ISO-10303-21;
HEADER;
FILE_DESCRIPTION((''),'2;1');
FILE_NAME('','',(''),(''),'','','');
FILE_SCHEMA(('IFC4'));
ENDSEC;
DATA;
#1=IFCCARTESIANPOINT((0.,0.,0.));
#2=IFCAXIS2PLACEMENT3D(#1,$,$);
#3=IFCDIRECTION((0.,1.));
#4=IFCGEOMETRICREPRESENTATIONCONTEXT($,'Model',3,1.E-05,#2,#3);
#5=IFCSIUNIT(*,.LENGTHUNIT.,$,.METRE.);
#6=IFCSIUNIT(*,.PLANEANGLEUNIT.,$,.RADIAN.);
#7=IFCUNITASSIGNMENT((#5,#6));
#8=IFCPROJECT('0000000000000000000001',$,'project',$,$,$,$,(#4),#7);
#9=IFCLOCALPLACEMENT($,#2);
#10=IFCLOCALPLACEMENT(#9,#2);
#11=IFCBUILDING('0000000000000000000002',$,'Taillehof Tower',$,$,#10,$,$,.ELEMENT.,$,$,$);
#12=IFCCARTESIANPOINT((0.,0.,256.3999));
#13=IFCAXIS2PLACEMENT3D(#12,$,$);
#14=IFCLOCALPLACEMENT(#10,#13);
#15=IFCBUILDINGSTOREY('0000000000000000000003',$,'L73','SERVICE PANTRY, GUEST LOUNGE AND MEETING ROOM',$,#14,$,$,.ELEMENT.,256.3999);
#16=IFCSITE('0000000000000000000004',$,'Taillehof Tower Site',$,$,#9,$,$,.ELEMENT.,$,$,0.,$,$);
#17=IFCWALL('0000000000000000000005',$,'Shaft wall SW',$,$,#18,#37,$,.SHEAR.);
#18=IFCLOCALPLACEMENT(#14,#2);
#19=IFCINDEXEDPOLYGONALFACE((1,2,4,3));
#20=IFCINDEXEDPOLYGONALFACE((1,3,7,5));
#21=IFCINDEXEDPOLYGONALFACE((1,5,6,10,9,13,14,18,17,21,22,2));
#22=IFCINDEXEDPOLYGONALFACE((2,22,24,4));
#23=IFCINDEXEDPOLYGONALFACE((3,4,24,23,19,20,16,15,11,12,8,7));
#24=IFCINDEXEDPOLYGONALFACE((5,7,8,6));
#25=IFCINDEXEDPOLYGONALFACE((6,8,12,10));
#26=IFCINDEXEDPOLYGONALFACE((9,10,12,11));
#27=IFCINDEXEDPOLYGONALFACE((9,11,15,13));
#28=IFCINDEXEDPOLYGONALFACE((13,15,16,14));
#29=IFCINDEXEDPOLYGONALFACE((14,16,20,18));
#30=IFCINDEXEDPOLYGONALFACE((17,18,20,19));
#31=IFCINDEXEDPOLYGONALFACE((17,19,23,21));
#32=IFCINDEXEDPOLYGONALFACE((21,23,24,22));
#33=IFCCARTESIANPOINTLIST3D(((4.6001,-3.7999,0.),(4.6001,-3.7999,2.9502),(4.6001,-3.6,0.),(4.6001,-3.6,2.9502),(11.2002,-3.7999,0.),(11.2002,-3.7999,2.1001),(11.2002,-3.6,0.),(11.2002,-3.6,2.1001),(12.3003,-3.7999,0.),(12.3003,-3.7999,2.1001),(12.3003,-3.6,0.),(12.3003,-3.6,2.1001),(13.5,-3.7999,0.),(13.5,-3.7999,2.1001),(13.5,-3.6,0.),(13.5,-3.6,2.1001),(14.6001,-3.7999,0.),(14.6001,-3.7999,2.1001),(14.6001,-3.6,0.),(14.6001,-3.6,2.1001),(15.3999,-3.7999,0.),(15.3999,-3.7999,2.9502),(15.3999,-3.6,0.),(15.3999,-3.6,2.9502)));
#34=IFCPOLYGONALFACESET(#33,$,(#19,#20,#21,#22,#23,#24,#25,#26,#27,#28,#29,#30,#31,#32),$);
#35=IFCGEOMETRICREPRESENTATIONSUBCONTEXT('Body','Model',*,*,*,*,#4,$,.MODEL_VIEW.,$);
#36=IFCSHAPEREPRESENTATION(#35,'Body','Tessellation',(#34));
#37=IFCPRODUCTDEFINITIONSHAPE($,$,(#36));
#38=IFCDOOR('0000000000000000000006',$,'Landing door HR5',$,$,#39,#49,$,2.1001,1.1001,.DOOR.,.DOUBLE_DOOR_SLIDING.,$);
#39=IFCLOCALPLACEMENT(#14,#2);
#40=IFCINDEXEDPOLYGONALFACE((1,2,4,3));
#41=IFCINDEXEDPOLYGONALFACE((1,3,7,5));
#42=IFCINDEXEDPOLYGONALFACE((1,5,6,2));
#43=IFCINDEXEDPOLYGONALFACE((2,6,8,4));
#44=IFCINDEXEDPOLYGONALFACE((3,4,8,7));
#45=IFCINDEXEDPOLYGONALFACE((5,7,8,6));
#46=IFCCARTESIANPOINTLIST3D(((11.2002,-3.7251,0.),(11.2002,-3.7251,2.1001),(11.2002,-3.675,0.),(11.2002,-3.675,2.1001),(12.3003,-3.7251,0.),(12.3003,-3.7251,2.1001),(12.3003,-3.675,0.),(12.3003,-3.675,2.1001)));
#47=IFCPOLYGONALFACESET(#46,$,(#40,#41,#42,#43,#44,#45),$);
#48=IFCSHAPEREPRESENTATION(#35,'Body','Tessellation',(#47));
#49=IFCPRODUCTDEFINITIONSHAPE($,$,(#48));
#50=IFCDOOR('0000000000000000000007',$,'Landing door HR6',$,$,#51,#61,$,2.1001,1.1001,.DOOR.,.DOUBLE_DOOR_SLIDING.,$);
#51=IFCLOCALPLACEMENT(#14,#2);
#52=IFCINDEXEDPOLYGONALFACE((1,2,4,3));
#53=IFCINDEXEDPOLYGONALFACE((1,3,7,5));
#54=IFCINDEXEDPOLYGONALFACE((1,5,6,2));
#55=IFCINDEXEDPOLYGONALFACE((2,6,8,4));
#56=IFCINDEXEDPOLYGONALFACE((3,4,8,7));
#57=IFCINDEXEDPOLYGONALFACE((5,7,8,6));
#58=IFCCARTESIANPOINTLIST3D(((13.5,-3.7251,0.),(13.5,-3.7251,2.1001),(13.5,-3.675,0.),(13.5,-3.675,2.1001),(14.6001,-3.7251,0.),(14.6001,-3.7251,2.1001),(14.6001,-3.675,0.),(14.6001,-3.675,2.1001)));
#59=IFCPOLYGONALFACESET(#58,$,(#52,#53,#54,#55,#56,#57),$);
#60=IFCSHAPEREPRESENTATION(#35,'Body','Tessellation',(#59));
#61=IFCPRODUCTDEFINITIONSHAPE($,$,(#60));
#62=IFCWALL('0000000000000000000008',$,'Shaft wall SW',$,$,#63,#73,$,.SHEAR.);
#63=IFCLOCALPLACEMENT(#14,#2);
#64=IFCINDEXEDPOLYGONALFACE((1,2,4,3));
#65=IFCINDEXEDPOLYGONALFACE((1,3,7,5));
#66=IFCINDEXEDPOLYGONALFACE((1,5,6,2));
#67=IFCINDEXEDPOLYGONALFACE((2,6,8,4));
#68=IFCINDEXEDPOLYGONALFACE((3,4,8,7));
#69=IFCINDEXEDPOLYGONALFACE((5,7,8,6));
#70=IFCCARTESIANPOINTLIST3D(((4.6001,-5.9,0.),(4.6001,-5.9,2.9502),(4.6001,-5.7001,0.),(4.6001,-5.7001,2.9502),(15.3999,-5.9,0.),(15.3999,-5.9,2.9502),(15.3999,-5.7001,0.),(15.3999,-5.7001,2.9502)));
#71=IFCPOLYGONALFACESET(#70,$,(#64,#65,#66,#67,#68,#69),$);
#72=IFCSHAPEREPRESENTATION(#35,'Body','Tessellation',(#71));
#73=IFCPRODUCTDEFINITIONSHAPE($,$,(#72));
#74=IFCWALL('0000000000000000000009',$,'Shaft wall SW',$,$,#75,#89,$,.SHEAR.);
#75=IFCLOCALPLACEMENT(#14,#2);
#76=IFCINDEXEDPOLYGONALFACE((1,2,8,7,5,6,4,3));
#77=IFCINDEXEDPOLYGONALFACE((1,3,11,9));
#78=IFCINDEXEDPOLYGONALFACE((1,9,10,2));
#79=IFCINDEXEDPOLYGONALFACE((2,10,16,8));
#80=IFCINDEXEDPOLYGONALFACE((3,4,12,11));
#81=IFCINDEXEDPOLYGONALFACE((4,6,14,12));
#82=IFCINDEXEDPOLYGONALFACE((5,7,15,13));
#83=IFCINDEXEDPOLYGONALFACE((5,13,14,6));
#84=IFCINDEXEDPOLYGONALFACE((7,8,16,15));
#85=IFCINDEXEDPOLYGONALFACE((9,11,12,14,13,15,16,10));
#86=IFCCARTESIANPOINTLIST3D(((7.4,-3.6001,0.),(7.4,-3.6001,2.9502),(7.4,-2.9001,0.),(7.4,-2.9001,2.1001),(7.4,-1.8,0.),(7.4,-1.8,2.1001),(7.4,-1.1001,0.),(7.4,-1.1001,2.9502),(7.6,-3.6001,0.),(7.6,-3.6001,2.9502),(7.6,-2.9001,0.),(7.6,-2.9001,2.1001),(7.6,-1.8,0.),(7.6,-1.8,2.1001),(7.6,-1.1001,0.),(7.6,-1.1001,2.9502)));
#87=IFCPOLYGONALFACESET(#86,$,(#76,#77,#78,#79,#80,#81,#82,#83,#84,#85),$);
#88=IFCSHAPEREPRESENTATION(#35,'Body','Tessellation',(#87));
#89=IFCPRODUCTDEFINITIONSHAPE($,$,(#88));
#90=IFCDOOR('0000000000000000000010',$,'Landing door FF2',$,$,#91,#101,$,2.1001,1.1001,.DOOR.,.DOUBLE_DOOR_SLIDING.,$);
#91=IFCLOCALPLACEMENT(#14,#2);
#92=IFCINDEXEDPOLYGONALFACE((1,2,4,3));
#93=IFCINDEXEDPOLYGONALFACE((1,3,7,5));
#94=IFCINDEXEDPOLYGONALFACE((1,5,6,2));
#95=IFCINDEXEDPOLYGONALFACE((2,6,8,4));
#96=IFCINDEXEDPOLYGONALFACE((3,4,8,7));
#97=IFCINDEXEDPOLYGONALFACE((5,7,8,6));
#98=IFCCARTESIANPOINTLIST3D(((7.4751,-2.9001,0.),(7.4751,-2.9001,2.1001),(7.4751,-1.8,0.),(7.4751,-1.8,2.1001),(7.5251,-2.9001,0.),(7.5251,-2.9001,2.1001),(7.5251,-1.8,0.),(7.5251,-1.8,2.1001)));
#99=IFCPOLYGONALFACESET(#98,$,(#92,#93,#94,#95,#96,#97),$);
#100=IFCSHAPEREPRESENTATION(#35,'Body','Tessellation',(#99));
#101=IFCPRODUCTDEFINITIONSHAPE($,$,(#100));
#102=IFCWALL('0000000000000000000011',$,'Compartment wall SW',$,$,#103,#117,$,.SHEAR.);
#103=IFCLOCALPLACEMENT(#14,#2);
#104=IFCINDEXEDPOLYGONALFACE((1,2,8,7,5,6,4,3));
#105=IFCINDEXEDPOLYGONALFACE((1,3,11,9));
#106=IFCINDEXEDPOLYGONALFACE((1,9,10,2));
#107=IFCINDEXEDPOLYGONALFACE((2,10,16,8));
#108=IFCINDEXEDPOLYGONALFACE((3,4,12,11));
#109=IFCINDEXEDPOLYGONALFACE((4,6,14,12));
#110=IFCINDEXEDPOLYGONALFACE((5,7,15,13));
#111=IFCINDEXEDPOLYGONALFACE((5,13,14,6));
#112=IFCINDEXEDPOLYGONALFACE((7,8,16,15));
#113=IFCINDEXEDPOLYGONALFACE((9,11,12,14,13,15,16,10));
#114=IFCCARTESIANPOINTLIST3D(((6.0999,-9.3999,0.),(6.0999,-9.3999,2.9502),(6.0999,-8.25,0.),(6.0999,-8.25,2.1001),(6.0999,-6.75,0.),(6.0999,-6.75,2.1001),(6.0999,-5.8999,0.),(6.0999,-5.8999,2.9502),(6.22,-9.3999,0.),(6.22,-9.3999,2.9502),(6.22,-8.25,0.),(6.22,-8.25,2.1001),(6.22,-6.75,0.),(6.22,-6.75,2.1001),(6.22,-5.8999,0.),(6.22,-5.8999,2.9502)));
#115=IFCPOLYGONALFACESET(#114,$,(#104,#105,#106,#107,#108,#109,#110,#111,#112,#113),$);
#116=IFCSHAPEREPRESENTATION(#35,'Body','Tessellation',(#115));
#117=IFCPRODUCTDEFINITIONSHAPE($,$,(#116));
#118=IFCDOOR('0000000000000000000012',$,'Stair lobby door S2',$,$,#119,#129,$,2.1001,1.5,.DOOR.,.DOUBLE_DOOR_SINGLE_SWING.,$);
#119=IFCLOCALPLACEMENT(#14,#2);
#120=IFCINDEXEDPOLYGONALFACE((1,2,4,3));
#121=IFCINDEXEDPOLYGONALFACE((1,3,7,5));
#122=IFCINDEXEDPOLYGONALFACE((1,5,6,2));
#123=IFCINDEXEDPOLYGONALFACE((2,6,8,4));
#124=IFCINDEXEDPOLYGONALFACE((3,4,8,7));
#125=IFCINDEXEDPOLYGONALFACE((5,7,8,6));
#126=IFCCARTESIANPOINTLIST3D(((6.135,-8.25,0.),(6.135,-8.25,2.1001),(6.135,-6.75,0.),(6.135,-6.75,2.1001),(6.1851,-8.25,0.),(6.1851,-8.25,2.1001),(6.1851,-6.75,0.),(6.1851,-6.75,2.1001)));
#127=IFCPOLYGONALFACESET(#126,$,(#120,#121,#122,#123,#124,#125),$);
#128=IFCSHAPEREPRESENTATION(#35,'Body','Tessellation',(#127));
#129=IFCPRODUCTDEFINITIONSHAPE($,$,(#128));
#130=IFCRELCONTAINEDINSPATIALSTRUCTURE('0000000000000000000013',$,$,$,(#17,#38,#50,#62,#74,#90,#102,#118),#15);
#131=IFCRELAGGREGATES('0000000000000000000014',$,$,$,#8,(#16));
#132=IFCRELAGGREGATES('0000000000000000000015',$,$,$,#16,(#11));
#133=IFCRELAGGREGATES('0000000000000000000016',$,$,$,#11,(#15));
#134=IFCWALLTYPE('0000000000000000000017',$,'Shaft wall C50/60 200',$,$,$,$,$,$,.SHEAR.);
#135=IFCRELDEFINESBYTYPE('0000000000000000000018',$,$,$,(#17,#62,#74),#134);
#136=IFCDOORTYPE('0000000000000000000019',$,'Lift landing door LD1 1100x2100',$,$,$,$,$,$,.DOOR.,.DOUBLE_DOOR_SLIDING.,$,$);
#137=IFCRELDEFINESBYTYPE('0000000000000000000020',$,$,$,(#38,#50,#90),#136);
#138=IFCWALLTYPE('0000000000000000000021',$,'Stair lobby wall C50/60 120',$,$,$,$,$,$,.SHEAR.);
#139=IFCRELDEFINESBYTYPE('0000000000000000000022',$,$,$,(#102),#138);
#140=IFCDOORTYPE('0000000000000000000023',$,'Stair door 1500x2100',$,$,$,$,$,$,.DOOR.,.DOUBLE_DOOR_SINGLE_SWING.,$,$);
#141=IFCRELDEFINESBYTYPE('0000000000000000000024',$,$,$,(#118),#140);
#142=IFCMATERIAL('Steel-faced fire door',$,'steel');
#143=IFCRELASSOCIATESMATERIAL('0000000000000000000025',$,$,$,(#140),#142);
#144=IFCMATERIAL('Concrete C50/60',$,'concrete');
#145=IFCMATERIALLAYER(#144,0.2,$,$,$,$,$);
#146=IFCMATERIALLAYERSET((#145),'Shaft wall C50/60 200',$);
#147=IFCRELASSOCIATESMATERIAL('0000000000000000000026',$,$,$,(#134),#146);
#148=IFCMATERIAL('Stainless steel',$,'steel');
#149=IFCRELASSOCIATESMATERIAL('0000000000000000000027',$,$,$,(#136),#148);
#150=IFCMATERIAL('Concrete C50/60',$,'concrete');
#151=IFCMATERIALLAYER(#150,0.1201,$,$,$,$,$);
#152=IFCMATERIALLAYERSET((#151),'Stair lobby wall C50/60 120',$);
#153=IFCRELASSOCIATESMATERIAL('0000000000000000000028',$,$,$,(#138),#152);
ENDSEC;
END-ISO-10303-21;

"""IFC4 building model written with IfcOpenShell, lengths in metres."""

from ifc_helpers import new_model, si_unit, direction, frame, frame_2d, origin, place, context, subcontext, project, spatial, rectangle, extrude, material, layer, layer_set, type_object, element, fill, save


model = new_model("IFC4")

# Units and contexts
model_context = context("Model", 3, precision=1e-05, world=origin(), true_north=direction((0.0, 1.0)))
body_context = subcontext(model_context, "Body", "Model", "MODEL_VIEW")
ifc_project = project(units=[si_unit("LENGTHUNIT", "METRE"), si_unit("PLANEANGLEUNIT", "RADIAN")], contexts=[model_context])

# Site, building, storey
site_placement = place(None, origin())
site = spatial("IfcSite", under=ifc_project, at=site_placement, Name="Taillehof Tower Site", CompositionType="ELEMENT", RefElevation=0.0)
building_placement = place(site_placement, origin())
building = spatial("IfcBuilding", under=site, at=building_placement, Name="Taillehof Tower", CompositionType="ELEMENT")
storey_placement = place(building_placement, frame((0.0, 0.0, 256.3999)))
storey = spatial("IfcBuildingStorey", under=building, at=storey_placement, Name="L73", Description="SERVICE PANTRY, GUEST LOUNGE AND MEETING ROOM", CompositionType="ELEMENT", Elevation=256.3999)

# Wall, openings, doors
ifc_material_1 = material(Name="Steel-faced fire door", Category="steel")
door_type_1 = type_object("IfcDoorType", Name="Stair door 1500x2100", OperationType="DOUBLE_DOOR_SINGLE_SWING", PredefinedType="DOOR", material=ifc_material_1)
ifc_material_2 = material(Name="Concrete C50/60", Category="concrete")
ifc_layer_1 = layer(ifc_material_2, 0.2)
ifc_layer_set_1 = layer_set([ifc_layer_1], Name="Shaft wall C50/60 200")
wall_type_1 = type_object("IfcWallType", Name="Shaft wall C50/60 200", PredefinedType="SHEAR", material=ifc_layer_set_1)
wall_1_placement = place(storey_placement, frame((4.6001, -3.7, 0.0), z_axis=(0.0, 0.0, 1.0), x_axis=(1.0, 0.0, 0.0)))
wall_1 = element("IfcWall", 1, at=wall_1_placement, inside=storey, type_object=wall_type_1, Name="Shaft wall SW", PredefinedType="SHEAR", context=body_context, shape_type="SweptSolid", body=[
    extrude(rectangle(XDim=10.7998, YDim=0.2, at=frame_2d((5.3999, 0.0))), origin(), (0.0, 0.0, 1.0), 2.9502),
])
opening_1_placement = place(wall_1_placement, frame((6.6001, 0.0, 0.0)))
opening_1 = element("IfcOpeningElement", 2, at=opening_1_placement, cuts=wall_1, PredefinedType="OPENING", context=body_context, shape_type="SweptSolid", body=[
    extrude(rectangle(XDim=1.1001, YDim=2.1001, at=frame_2d((0.55, 1.05))), frame((0.0, 0.1099, 0.0), z_axis=(0.0, -1.0, 0.0), x_axis=(1.0, 0.0, 0.0)), (0.0, 0.0, 1.0), 0.22),
])
opening_2_placement = place(wall_1_placement, frame((8.8999, 0.0, 0.0)))
opening_2 = element("IfcOpeningElement", 3, at=opening_2_placement, cuts=wall_1, PredefinedType="OPENING", context=body_context, shape_type="SweptSolid", body=[
    extrude(rectangle(XDim=1.1001, YDim=2.1001, at=frame_2d((0.55, 1.05))), frame((0.0, 0.1099, 0.0), z_axis=(0.0, -1.0, 0.0), x_axis=(1.0, 0.0, 0.0)), (0.0, 0.0, 1.0), 0.22),
])
ifc_material_3 = material(Name="Stainless steel", Category="steel")
door_type_2 = type_object("IfcDoorType", Name="Lift landing door LD1 1100x2100", OperationType="DOUBLE_DOOR_SLIDING", PredefinedType="DOOR", material=ifc_material_3)
door_1_placement = place(opening_1_placement, origin())
door_1 = element("IfcDoor", 4, at=door_1_placement, inside=storey, type_object=door_type_2, Name="Landing door HR5", OperationType="DOUBLE_DOOR_SLIDING", OverallHeight=2.1001, OverallWidth=1.1001, PredefinedType="DOOR", context=body_context, shape_type="SweptSolid", body=[
    extrude(rectangle(XDim=1.1001, YDim=2.1001, at=frame_2d((0.55, 1.05))), frame((0.0, 0.0249, 0.0), z_axis=(0.0, -1.0, 0.0), x_axis=(1.0, 0.0, 0.0)), (0.0, 0.0, 1.0), 0.05),
])
fill(opening_1, door_1)
door_2_placement = place(opening_2_placement, origin())
door_2 = element("IfcDoor", 5, at=door_2_placement, inside=storey, type_object=door_type_2, Name="Landing door HR6", OperationType="DOUBLE_DOOR_SLIDING", OverallHeight=2.1001, OverallWidth=1.1001, PredefinedType="DOOR", context=body_context, shape_type="SweptSolid", body=[
    extrude(rectangle(XDim=1.1001, YDim=2.1001, at=frame_2d((0.55, 1.05))), frame((0.0, 0.0249, 0.0), z_axis=(0.0, -1.0, 0.0), x_axis=(1.0, 0.0, 0.0)), (0.0, 0.0, 1.0), 0.05),
])
fill(opening_2, door_2)

# Wall
wall_2_placement = place(storey_placement, frame((4.6001, -5.8, 0.0), z_axis=(0.0, 0.0, 1.0), x_axis=(1.0, 0.0, 0.0)))
element("IfcWall", 6, at=wall_2_placement, inside=storey, type_object=wall_type_1, Name="Shaft wall SW", PredefinedType="SHEAR", context=body_context, shape_type="SweptSolid", body=[
    extrude(rectangle(XDim=10.7998, YDim=0.2, at=frame_2d((5.3999, 0.0))), origin(), (0.0, 0.0, 1.0), 2.9502),
])

# Walls, openings, doors
wall_3_placement = place(storey_placement, frame((7.5, -3.6001, 0.0), z_axis=(0.0, 0.0, 1.0), x_axis=(0.0, 1.0, 0.0)))
wall_3 = element("IfcWall", 7, at=wall_3_placement, inside=storey, type_object=wall_type_1, Name="Shaft wall SW", PredefinedType="SHEAR", context=body_context, shape_type="SweptSolid", body=[
    extrude(rectangle(XDim=2.5, YDim=0.2, at=frame_2d((1.25, 0.0))), origin(), (0.0, 0.0, 1.0), 2.9502),
])
opening_3_placement = place(wall_3_placement, frame((0.7, 0.0, 0.0)))
opening_3 = element("IfcOpeningElement", 8, at=opening_3_placement, cuts=wall_3, PredefinedType="OPENING", context=body_context, shape_type="SweptSolid", body=[
    extrude(rectangle(XDim=1.1001, YDim=2.1001, at=frame_2d((0.55, 1.05))), frame((0.0, 0.1099, 0.0), z_axis=(0.0, -1.0, 0.0), x_axis=(1.0, 0.0, 0.0)), (0.0, 0.0, 1.0), 0.22),
])
door_3_placement = place(opening_3_placement, origin())
door_3 = element("IfcDoor", 9, at=door_3_placement, inside=storey, type_object=door_type_2, Name="Landing door FF2", OperationType="DOUBLE_DOOR_SLIDING", OverallHeight=2.1001, OverallWidth=1.1001, PredefinedType="DOOR", context=body_context, shape_type="SweptSolid", body=[
    extrude(rectangle(XDim=1.1001, YDim=2.1001, at=frame_2d((0.55, 1.05))), frame((0.0, 0.0249, 0.0), z_axis=(0.0, -1.0, 0.0), x_axis=(1.0, 0.0, 0.0)), (0.0, 0.0, 1.0), 0.05),
])
fill(opening_3, door_3)
ifc_material_4 = material(Name="Concrete C50/60", Category="concrete")
ifc_layer_2 = layer(ifc_material_4, 0.1201)
ifc_layer_set_2 = layer_set([ifc_layer_2], Name="Stair lobby wall C50/60 120")
wall_type_2 = type_object("IfcWallType", Name="Stair lobby wall C50/60 120", PredefinedType="SHEAR", material=ifc_layer_set_2)
wall_4_placement = place(storey_placement, frame((6.1599, -9.3999, 0.0), z_axis=(0.0, 0.0, 1.0), x_axis=(0.0, 1.0, 0.0)))
wall_4 = element("IfcWall", 10, at=wall_4_placement, inside=storey, type_object=wall_type_2, Name="Compartment wall SW", PredefinedType="SHEAR", context=body_context, shape_type="SweptSolid", body=[
    extrude(rectangle(XDim=3.5, YDim=0.1201, at=frame_2d((1.75, 0.0))), origin(), (0.0, 0.0, 1.0), 2.9502),
])
opening_4_placement = place(wall_4_placement, frame((1.1499, 0.0, 0.0)))
opening_4 = element("IfcOpeningElement", 11, at=opening_4_placement, cuts=wall_4, PredefinedType="OPENING", context=body_context, shape_type="SweptSolid", body=[
    extrude(rectangle(XDim=1.5, YDim=2.1001, at=frame_2d((0.75, 1.05))), frame((0.0, 0.0701, 0.0), z_axis=(0.0, -1.0, 0.0), x_axis=(1.0, 0.0, 0.0)), (0.0, 0.0, 1.0), 0.1401),
])
door_4_placement = place(opening_4_placement, origin())
door_4 = element("IfcDoor", 12, at=door_4_placement, inside=storey, type_object=door_type_1, Name="Stair lobby door S2", OperationType="DOUBLE_DOOR_SINGLE_SWING", OverallHeight=2.1001, OverallWidth=1.5, PredefinedType="DOOR", context=body_context, shape_type="SweptSolid", body=[
    extrude(rectangle(XDim=1.5, YDim=2.1001, at=frame_2d((0.75, 1.05))), frame((0.0, 0.0249, 0.0), z_axis=(0.0, -1.0, 0.0), x_axis=(1.0, 0.0, 0.0)), (0.0, 0.0, 1.0), 0.05),
])
fill(opening_4, door_4)

save(model, "model.ifc")
